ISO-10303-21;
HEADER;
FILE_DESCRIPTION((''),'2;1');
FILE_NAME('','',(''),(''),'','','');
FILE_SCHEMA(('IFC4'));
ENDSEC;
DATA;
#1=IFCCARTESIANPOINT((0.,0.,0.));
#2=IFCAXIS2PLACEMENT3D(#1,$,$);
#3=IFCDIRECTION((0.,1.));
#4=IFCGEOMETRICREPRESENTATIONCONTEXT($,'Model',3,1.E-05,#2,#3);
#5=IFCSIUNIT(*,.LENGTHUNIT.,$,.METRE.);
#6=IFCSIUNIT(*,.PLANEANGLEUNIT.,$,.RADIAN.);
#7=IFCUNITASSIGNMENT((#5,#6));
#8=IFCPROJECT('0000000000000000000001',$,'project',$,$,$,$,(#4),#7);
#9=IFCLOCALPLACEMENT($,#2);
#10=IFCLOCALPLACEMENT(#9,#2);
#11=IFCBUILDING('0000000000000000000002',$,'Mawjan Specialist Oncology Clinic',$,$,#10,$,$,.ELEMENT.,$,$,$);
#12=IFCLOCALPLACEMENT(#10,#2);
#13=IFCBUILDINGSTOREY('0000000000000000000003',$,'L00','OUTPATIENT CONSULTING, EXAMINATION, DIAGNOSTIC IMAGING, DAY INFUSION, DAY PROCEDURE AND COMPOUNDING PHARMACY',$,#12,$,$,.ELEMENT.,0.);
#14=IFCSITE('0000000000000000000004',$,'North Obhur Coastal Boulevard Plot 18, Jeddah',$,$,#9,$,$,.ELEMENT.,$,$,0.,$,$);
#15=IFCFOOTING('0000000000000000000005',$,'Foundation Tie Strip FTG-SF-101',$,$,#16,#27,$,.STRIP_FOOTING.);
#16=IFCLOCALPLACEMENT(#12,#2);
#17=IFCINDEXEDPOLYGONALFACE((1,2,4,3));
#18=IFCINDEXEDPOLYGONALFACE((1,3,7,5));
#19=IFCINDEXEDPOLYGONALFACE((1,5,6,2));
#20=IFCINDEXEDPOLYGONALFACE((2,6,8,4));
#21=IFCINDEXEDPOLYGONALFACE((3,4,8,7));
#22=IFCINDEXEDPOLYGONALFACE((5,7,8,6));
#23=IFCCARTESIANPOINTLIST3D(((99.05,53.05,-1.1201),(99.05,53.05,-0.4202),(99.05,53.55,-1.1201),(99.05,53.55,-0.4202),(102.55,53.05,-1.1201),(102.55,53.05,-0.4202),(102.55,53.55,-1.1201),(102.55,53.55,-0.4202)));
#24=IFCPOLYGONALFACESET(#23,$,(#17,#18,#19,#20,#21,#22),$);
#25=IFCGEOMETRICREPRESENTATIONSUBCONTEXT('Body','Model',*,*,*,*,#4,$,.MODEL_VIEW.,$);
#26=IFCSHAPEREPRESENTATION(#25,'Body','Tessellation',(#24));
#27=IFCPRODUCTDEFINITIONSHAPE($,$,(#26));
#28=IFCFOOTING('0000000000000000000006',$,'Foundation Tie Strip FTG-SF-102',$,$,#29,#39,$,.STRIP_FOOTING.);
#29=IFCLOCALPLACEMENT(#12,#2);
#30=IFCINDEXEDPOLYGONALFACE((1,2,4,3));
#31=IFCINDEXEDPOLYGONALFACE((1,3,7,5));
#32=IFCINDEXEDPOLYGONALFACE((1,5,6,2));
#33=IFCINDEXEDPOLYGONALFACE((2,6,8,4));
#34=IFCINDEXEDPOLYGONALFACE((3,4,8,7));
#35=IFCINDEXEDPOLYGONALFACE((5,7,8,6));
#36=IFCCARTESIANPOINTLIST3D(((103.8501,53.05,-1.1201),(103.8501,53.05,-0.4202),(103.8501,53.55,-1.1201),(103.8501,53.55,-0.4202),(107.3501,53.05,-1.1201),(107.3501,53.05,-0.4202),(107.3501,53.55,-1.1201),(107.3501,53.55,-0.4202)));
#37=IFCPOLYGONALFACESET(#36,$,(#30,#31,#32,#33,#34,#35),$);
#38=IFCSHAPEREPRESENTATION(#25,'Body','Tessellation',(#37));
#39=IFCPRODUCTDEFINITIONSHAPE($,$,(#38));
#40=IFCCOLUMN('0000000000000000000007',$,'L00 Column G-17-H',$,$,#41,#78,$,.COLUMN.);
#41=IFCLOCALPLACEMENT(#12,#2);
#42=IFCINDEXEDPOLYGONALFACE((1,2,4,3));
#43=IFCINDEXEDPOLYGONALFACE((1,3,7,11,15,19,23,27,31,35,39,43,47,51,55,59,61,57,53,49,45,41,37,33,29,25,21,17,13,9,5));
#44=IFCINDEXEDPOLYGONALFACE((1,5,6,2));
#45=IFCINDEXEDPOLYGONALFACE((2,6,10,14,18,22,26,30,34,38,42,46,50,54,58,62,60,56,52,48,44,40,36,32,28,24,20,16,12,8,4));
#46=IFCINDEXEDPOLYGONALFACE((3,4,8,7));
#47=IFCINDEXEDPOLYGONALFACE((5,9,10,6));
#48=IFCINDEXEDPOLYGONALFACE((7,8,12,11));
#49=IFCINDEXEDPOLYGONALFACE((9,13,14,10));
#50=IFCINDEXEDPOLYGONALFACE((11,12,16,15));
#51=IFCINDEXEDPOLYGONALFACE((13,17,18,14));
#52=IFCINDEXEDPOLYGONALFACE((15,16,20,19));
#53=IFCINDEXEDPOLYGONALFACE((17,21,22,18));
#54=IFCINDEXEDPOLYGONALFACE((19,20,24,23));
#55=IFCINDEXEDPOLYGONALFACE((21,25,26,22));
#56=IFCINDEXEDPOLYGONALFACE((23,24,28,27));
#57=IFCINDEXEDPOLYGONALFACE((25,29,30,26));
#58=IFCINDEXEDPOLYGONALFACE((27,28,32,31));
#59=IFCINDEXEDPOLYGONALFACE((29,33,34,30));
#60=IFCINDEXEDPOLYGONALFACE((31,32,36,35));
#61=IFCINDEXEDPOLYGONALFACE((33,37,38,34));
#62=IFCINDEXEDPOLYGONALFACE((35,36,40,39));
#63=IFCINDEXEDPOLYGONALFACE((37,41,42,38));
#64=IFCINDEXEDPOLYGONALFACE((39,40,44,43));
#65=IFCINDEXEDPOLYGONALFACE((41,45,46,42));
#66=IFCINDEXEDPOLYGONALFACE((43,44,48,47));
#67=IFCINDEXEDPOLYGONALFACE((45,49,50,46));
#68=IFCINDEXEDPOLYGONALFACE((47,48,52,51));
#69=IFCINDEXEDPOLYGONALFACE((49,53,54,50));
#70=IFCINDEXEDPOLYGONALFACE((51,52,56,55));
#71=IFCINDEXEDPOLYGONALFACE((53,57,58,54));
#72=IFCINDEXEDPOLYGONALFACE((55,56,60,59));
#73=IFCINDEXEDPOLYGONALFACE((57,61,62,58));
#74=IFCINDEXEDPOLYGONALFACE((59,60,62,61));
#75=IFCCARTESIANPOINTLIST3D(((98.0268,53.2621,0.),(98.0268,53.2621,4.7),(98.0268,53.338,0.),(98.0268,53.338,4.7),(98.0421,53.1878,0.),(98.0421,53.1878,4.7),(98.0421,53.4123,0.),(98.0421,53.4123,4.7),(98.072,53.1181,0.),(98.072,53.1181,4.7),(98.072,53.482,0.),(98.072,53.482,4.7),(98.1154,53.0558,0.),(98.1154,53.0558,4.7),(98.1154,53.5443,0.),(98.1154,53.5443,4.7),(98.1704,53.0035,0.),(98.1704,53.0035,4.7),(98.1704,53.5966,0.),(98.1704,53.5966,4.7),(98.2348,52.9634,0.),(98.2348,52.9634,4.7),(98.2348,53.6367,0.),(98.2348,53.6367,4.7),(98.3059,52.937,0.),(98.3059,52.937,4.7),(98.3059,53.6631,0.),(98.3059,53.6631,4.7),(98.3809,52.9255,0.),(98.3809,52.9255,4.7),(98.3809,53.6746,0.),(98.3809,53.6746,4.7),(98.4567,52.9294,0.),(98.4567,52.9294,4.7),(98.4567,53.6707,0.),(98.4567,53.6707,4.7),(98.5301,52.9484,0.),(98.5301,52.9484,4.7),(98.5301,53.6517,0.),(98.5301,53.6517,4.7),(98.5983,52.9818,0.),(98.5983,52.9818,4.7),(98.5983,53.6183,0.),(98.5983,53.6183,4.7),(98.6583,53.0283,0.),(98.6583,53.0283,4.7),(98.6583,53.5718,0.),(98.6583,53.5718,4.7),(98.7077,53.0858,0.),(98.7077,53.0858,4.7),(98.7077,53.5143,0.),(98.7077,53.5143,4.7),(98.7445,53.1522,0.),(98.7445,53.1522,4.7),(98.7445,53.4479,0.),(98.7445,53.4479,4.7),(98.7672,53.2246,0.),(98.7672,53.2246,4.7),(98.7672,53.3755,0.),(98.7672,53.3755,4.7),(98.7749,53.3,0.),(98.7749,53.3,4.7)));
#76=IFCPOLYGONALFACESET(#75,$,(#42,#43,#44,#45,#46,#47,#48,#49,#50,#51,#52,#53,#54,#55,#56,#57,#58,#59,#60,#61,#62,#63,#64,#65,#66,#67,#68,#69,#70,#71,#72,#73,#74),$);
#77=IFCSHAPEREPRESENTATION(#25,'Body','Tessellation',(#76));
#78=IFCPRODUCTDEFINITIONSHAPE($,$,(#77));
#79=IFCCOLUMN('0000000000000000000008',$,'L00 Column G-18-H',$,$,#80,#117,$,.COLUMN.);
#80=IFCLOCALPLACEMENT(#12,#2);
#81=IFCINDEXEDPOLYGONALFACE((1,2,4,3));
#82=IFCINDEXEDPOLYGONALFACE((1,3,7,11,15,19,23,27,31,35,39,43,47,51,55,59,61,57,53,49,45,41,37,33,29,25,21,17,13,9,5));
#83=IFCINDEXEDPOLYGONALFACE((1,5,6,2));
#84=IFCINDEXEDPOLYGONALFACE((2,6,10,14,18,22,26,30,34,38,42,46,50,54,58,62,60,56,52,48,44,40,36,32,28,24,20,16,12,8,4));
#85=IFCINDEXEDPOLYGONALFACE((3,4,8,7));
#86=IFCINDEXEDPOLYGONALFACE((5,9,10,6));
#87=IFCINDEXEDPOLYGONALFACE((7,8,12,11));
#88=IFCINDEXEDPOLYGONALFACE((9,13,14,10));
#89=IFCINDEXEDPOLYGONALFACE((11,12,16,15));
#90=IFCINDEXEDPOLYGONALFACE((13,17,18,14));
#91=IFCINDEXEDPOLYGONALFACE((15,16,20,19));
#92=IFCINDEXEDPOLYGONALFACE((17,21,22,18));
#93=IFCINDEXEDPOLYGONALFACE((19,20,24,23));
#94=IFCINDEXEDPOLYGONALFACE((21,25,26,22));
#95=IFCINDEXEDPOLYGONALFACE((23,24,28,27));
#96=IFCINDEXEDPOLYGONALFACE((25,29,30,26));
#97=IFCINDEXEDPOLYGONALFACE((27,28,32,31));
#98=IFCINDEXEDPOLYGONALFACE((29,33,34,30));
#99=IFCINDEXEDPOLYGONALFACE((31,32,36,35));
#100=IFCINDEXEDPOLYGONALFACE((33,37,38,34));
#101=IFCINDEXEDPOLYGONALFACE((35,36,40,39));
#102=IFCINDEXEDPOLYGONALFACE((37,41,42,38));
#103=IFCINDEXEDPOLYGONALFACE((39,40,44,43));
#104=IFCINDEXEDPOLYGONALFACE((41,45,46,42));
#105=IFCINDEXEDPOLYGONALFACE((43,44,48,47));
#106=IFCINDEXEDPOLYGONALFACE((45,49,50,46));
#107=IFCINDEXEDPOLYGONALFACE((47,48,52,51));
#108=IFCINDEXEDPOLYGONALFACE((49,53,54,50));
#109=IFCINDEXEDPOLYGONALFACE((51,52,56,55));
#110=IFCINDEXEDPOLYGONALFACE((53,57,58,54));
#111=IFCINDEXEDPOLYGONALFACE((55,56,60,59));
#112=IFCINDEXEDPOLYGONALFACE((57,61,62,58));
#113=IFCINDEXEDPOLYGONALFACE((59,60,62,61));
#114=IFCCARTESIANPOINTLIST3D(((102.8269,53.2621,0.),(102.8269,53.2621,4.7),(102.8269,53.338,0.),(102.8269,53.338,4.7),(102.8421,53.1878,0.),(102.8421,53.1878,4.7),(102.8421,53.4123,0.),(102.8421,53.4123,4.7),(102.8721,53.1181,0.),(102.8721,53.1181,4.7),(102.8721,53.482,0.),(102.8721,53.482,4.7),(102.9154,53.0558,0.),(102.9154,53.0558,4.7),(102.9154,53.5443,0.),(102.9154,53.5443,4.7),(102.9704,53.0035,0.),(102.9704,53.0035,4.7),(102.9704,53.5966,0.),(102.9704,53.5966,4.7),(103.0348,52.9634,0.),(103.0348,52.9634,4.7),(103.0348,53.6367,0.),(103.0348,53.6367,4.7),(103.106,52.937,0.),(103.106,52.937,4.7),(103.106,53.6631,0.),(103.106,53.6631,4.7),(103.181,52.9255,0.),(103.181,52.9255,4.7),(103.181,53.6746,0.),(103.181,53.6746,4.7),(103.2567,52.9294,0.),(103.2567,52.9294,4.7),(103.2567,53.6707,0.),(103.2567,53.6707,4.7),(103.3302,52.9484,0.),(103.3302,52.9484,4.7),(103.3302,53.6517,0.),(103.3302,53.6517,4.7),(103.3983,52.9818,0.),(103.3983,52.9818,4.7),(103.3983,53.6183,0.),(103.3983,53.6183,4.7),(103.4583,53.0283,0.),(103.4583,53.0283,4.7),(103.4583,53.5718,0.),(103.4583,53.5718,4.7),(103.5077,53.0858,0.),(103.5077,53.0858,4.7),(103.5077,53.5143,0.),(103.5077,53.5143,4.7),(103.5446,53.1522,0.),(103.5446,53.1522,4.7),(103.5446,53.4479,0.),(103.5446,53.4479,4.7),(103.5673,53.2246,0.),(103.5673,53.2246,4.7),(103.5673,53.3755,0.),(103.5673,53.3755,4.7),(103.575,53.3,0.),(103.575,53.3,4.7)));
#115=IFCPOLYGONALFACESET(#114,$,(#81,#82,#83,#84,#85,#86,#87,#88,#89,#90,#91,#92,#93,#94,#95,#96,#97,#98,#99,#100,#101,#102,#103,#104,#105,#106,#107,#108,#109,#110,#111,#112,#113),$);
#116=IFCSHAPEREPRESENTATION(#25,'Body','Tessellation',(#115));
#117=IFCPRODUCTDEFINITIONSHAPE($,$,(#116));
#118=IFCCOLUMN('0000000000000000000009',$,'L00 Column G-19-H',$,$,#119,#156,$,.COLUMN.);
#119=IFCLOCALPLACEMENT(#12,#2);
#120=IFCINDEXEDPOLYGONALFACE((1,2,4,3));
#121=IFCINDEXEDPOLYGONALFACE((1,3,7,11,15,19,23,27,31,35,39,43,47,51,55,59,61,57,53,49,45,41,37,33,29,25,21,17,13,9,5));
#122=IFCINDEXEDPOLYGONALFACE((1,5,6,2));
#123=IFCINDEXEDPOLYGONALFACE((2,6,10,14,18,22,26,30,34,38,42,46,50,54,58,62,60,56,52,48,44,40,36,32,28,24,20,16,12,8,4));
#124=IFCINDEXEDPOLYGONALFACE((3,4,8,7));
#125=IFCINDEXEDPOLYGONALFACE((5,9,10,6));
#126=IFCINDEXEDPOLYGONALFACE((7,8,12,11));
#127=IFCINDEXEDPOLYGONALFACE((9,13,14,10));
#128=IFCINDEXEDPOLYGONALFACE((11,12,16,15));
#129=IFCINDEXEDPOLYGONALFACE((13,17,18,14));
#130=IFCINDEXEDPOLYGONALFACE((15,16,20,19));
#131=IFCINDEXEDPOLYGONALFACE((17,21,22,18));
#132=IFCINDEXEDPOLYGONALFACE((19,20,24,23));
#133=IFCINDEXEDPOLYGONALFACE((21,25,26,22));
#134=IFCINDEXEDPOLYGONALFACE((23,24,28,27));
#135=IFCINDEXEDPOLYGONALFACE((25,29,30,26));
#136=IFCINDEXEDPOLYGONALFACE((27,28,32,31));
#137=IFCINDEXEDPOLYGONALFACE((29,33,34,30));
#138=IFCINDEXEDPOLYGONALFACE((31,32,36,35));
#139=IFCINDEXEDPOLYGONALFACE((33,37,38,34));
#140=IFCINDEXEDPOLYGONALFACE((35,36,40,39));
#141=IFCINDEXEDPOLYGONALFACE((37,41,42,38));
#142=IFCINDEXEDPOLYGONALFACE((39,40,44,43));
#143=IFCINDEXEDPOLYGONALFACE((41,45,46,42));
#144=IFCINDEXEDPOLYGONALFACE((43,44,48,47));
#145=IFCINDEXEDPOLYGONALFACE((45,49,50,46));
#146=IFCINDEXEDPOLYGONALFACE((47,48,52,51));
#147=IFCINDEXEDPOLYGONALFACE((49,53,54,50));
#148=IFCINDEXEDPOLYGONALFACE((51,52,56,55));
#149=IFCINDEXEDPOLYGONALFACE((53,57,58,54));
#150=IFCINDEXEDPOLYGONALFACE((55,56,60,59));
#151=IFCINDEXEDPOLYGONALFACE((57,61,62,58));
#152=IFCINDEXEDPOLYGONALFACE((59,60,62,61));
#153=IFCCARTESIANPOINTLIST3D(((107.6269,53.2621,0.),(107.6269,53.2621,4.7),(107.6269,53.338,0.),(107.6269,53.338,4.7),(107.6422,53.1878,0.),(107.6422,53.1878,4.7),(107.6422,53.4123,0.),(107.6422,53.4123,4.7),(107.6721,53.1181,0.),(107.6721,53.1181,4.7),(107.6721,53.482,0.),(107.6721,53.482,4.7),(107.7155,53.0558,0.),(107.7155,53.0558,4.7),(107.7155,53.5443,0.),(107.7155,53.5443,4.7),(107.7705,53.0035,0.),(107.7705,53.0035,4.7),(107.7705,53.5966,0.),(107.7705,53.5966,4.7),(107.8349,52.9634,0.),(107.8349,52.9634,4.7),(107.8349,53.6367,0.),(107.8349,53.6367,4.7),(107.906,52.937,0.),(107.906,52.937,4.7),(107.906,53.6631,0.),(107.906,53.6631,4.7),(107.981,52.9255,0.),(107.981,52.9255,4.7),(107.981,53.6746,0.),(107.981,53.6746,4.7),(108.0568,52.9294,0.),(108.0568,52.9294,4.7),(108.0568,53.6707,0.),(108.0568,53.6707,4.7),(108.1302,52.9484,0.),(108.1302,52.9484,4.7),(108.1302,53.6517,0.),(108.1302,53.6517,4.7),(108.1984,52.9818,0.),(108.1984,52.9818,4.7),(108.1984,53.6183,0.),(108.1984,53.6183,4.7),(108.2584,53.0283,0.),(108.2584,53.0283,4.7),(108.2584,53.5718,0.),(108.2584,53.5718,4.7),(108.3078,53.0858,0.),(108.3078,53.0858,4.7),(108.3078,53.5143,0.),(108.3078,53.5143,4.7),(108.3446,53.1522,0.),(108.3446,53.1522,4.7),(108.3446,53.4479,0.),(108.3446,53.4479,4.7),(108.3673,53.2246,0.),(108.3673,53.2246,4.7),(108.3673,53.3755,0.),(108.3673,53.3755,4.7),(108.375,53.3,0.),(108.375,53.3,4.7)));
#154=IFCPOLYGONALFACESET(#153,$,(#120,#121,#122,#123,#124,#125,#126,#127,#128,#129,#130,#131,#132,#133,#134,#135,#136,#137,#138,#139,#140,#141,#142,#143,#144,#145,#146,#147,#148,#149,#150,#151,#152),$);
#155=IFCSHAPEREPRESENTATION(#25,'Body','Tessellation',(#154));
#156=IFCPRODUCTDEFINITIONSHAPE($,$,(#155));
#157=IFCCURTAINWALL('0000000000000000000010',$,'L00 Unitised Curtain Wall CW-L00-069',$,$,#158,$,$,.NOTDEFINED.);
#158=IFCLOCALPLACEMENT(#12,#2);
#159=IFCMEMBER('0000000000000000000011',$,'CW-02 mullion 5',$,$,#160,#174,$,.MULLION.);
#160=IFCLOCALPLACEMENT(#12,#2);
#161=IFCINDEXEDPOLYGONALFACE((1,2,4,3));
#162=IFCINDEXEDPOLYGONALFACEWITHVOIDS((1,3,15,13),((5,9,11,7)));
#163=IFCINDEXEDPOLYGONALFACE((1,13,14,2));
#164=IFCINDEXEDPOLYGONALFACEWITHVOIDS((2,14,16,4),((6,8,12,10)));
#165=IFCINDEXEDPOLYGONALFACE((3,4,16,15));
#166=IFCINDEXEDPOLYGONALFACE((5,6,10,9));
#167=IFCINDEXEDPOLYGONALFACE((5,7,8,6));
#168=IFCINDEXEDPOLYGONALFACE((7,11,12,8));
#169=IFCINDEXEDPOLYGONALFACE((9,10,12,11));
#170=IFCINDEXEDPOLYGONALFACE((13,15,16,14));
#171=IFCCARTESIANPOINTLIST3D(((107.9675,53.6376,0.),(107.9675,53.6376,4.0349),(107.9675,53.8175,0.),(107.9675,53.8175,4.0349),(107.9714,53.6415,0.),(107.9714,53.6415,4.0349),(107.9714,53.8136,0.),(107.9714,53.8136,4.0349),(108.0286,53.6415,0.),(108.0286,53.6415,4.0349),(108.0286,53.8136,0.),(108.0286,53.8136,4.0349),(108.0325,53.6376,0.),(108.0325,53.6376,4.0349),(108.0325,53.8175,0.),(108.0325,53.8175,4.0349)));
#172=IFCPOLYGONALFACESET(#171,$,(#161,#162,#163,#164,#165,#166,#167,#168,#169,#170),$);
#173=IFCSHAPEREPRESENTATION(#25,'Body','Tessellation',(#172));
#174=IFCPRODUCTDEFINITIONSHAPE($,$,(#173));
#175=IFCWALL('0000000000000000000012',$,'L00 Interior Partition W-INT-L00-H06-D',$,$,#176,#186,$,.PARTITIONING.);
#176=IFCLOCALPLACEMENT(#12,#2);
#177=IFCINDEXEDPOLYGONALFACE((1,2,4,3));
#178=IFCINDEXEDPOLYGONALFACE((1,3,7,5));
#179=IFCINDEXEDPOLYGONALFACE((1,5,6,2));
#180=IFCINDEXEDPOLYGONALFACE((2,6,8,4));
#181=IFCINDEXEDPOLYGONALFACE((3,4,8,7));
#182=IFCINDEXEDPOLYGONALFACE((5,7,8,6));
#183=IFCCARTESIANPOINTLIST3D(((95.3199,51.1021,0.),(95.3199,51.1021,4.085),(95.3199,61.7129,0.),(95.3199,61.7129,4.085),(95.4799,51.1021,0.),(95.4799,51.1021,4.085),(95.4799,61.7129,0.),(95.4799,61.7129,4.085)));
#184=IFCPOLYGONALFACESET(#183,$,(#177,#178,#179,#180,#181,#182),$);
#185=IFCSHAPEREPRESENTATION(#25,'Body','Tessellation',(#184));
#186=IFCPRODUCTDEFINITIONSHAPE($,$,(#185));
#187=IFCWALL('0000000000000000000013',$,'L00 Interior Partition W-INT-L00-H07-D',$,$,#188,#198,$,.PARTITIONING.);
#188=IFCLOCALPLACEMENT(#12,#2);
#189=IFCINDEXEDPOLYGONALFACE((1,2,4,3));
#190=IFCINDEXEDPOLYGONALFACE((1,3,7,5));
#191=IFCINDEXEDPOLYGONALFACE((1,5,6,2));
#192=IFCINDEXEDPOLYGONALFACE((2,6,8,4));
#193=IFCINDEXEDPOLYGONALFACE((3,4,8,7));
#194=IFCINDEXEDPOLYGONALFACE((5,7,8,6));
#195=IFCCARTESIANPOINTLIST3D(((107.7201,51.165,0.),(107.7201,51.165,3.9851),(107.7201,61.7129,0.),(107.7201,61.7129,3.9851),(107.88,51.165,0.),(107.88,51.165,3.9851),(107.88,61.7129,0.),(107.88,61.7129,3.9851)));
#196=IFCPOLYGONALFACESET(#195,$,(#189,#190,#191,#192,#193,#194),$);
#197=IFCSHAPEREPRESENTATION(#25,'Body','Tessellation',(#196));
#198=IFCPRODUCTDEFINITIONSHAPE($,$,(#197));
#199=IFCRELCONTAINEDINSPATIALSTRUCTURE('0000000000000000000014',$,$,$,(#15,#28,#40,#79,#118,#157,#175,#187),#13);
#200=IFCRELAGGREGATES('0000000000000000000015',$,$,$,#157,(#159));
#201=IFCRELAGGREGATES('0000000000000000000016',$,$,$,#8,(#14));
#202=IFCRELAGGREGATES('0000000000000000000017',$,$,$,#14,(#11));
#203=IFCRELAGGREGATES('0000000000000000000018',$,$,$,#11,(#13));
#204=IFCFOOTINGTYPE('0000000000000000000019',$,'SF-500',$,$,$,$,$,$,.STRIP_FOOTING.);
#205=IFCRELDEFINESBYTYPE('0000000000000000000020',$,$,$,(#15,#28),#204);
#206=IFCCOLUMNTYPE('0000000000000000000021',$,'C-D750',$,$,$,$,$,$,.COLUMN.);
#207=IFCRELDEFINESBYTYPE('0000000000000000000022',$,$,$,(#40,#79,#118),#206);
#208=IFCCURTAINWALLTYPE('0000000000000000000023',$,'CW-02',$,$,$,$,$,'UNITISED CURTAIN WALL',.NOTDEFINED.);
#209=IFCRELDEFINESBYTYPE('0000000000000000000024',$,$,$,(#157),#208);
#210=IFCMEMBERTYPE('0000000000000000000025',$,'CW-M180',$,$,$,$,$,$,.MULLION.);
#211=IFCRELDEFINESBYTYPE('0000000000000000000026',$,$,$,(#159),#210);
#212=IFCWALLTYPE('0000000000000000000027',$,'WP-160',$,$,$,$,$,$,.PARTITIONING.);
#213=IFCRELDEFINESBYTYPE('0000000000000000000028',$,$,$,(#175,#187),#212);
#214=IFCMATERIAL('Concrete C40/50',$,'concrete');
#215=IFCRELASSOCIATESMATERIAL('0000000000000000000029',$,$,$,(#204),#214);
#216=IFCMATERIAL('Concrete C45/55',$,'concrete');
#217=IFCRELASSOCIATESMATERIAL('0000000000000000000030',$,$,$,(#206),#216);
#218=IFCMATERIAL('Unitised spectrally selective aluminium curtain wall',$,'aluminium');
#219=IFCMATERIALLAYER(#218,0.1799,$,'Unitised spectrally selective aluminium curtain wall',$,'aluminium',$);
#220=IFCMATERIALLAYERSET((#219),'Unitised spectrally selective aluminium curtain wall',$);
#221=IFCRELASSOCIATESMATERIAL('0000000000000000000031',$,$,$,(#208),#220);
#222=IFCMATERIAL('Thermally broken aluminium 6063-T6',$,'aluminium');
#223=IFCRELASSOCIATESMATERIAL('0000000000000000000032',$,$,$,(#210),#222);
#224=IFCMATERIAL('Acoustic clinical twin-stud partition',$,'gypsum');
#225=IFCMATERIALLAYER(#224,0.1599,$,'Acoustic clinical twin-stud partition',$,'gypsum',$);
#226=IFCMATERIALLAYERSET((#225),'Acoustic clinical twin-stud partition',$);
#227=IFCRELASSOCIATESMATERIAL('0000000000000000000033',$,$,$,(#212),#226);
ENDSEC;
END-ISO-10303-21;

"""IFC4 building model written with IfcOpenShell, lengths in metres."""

from ifc_helpers import new_model, si_unit, direction, frame, frame_2d, origin, origin_2d, place, context, subcontext, project, spatial, rectangle, hollow_rectangle, circle, extrude, material, layer, layer_set, material_profile, profile_set, type_object, element, aggregate, save


model = new_model("IFC4")

# Units and contexts
model_context = context("Model", 3, precision=1e-05, world=origin(), true_north=direction((0.0, 1.0)))
body_context = subcontext(model_context, "Body", "Model", "MODEL_VIEW")
ifc_project = project(units=[si_unit("LENGTHUNIT", "METRE"), si_unit("PLANEANGLEUNIT", "RADIAN")], contexts=[model_context])

# Site, building, storey
site_placement = place(None, origin())
site = spatial("IfcSite", under=ifc_project, at=site_placement, Name="North Obhur Coastal Boulevard Plot 18, Jeddah", CompositionType="ELEMENT", RefElevation=0.0)
building_placement = place(site_placement, origin())
building = spatial("IfcBuilding", under=site, at=building_placement, Name="Mawjan Specialist Oncology Clinic", CompositionType="ELEMENT")
storey_placement = place(building_placement, origin())
storey = spatial("IfcBuildingStorey", under=building, at=storey_placement, Name="L00", Description="OUTPATIENT CONSULTING, EXAMINATION, DIAGNOSTIC IMAGING, DAY INFUSION, DAY PROCEDURE AND COMPOUNDING PHARMACY", CompositionType="ELEMENT", Elevation=0.0)

# Footings
ifc_material_1 = material(Name="Concrete C40/50", Category="concrete")
footing_type_1 = type_object("IfcFootingType", Name="SF-500", PredefinedType="STRIP_FOOTING", material=ifc_material_1)
for number, where, z_axis, x_axis, name in (
    (1, (100.8, 53.3, -1.1201), (0.0, 0.0, 1.0), (1.0, 0.0, 0.0), "Foundation Tie Strip FTG-SF-101"),
    (2, (105.6001, 53.3, -1.1201), (0.0, 0.0, 1.0), (1.0, 0.0, 0.0), "Foundation Tie Strip FTG-SF-102"),
):
    element("IfcFooting", number, at=place(storey_placement, frame(where, z_axis=z_axis, x_axis=x_axis)), inside=storey, type_object=footing_type_1, Name=name, PredefinedType="STRIP_FOOTING", context=body_context, shape_type="SweptSolid", body=[
        extrude(rectangle(XDim=3.5, YDim=0.5, at=origin_2d()), origin(), (0.0, 0.0, 1.0), 0.7),
    ])

# Columns
ifc_material_2 = material(Name="Concrete C45/55", Category="concrete")
ifc_material_profile_1 = material_profile(ifc_material_2, circle(Radius=0.375, at=origin_2d()), Name="RC COL D750", Category="concrete")
ifc_profile_set_1 = profile_set([ifc_material_profile_1], Name="Concrete C45/55")
column_type = type_object("IfcColumnType", Name="C-D750", PredefinedType="COLUMN", material=ifc_profile_set_1)
for number, where, z_axis, x_axis, name in (
    (3, (98.3999, 53.3, 0.0), (0.0, 0.0, 1.0), (1.0, 0.0, 0.0), "L00 Column G-17-H"),
    (4, (103.2, 53.3, 0.0), (0.0, 0.0, 1.0), (1.0, 0.0, 0.0), "L00 Column G-18-H"),
    (5, (108.0, 53.3, 0.0), (0.0, 0.0, 1.0), (1.0, 0.0, 0.0), "L00 Column G-19-H"),
):
    element("IfcColumn", number, at=place(storey_placement, frame(where, z_axis=z_axis, x_axis=x_axis)), inside=storey, type_object=column_type, Name=name, PredefinedType="COLUMN", context=body_context, shape_type="SweptSolid", body=[
        extrude(circle(Radius=0.375, at=origin_2d()), origin(), (0.0, 0.0, 1.0), 4.7),
    ])

# Curtain wall, member
ifc_material_3 = material(Name="Unitised spectrally selective aluminium curtain wall", Category="aluminium")
ifc_layer_1 = layer(ifc_material_3, 0.1799, Name="Unitised spectrally selective aluminium curtain wall", Category="aluminium")
ifc_layer_set_1 = layer_set([ifc_layer_1], Name="Unitised spectrally selective aluminium curtain wall")
curtain_wall_type = type_object("IfcCurtainWallType", Name="CW-02", ElementType="UNITISED CURTAIN WALL", PredefinedType="NOTDEFINED", material=ifc_layer_set_1)
curtain_wall_placement = place(storey_placement, origin())
curtain_wall = element("IfcCurtainWall", 6, at=curtain_wall_placement, inside=storey, type_object=curtain_wall_type, Name="L00 Unitised Curtain Wall CW-L00-069", PredefinedType="NOTDEFINED")
ifc_material_4 = material(Name="Thermally broken aluminium 6063-T6", Category="aluminium")
ifc_material_profile_2 = material_profile(ifc_material_4, hollow_rectangle(XDim=0.0649, YDim=0.1799, WallThickness=0.0039, at=origin_2d()), Name="ALU MULLION 180x65x4", Category="aluminium")
ifc_profile_set_2 = profile_set([ifc_material_profile_2], Name="Thermally broken aluminium 6063-T6")
member_type = type_object("IfcMemberType", Name="CW-M180", PredefinedType="MULLION", material=ifc_profile_set_2)
member_placement = place(storey_placement, frame((108.0, 53.7275, 0.0), z_axis=(0.0, 0.0, 1.0), x_axis=(1.0, 0.0, 0.0)))
member = element("IfcMember", 7, at=member_placement, type_object=member_type, Name="CW-02 mullion 5", PredefinedType="MULLION", context=body_context, shape_type="SweptSolid", body=[
    extrude(hollow_rectangle(XDim=0.0649, YDim=0.1799, WallThickness=0.0039, at=origin_2d()), origin(), (0.0, 0.0, 1.0), 4.0349),
])
aggregate(curtain_wall, [member])

# Walls
ifc_material_5 = material(Name="Acoustic clinical twin-stud partition", Category="gypsum")
ifc_layer_2 = layer(ifc_material_5, 0.1599, Name="Acoustic clinical twin-stud partition", Category="gypsum")
ifc_layer_set_2 = layer_set([ifc_layer_2], Name="Acoustic clinical twin-stud partition")
wall_type_1 = type_object("IfcWallType", Name="WP-160", PredefinedType="PARTITIONING", material=ifc_layer_set_2)
wall_1_placement = place(storey_placement, frame((95.3999, 51.1021, 0.0), z_axis=(0.0, 0.0, 1.0), x_axis=(0.0, 1.0, 0.0)))
element("IfcWall", 8, at=wall_1_placement, inside=storey, type_object=wall_type_1, Name="L00 Interior Partition W-INT-L00-H06-D", PredefinedType="PARTITIONING", context=body_context, shape_type="SweptSolid", body=[
    extrude(rectangle(XDim=10.6108, YDim=0.1599, at=frame_2d((5.3054, 0.0))), origin(), (0.0, 0.0, 1.0), 4.085),
])
wall_2_placement = place(storey_placement, frame((107.8, 51.165, 0.0), z_axis=(0.0, 0.0, 1.0), x_axis=(0.0, 1.0, 0.0)))
element("IfcWall", 9, at=wall_2_placement, inside=storey, type_object=wall_type_1, Name="L00 Interior Partition W-INT-L00-H07-D", PredefinedType="PARTITIONING", context=body_context, shape_type="SweptSolid", body=[
    extrude(rectangle(XDim=10.5479, YDim=0.1599, at=frame_2d((5.2739, 0.0))), origin(), (0.0, 0.0, 1.0), 3.9851),
])

save(model, "model.ifc")
